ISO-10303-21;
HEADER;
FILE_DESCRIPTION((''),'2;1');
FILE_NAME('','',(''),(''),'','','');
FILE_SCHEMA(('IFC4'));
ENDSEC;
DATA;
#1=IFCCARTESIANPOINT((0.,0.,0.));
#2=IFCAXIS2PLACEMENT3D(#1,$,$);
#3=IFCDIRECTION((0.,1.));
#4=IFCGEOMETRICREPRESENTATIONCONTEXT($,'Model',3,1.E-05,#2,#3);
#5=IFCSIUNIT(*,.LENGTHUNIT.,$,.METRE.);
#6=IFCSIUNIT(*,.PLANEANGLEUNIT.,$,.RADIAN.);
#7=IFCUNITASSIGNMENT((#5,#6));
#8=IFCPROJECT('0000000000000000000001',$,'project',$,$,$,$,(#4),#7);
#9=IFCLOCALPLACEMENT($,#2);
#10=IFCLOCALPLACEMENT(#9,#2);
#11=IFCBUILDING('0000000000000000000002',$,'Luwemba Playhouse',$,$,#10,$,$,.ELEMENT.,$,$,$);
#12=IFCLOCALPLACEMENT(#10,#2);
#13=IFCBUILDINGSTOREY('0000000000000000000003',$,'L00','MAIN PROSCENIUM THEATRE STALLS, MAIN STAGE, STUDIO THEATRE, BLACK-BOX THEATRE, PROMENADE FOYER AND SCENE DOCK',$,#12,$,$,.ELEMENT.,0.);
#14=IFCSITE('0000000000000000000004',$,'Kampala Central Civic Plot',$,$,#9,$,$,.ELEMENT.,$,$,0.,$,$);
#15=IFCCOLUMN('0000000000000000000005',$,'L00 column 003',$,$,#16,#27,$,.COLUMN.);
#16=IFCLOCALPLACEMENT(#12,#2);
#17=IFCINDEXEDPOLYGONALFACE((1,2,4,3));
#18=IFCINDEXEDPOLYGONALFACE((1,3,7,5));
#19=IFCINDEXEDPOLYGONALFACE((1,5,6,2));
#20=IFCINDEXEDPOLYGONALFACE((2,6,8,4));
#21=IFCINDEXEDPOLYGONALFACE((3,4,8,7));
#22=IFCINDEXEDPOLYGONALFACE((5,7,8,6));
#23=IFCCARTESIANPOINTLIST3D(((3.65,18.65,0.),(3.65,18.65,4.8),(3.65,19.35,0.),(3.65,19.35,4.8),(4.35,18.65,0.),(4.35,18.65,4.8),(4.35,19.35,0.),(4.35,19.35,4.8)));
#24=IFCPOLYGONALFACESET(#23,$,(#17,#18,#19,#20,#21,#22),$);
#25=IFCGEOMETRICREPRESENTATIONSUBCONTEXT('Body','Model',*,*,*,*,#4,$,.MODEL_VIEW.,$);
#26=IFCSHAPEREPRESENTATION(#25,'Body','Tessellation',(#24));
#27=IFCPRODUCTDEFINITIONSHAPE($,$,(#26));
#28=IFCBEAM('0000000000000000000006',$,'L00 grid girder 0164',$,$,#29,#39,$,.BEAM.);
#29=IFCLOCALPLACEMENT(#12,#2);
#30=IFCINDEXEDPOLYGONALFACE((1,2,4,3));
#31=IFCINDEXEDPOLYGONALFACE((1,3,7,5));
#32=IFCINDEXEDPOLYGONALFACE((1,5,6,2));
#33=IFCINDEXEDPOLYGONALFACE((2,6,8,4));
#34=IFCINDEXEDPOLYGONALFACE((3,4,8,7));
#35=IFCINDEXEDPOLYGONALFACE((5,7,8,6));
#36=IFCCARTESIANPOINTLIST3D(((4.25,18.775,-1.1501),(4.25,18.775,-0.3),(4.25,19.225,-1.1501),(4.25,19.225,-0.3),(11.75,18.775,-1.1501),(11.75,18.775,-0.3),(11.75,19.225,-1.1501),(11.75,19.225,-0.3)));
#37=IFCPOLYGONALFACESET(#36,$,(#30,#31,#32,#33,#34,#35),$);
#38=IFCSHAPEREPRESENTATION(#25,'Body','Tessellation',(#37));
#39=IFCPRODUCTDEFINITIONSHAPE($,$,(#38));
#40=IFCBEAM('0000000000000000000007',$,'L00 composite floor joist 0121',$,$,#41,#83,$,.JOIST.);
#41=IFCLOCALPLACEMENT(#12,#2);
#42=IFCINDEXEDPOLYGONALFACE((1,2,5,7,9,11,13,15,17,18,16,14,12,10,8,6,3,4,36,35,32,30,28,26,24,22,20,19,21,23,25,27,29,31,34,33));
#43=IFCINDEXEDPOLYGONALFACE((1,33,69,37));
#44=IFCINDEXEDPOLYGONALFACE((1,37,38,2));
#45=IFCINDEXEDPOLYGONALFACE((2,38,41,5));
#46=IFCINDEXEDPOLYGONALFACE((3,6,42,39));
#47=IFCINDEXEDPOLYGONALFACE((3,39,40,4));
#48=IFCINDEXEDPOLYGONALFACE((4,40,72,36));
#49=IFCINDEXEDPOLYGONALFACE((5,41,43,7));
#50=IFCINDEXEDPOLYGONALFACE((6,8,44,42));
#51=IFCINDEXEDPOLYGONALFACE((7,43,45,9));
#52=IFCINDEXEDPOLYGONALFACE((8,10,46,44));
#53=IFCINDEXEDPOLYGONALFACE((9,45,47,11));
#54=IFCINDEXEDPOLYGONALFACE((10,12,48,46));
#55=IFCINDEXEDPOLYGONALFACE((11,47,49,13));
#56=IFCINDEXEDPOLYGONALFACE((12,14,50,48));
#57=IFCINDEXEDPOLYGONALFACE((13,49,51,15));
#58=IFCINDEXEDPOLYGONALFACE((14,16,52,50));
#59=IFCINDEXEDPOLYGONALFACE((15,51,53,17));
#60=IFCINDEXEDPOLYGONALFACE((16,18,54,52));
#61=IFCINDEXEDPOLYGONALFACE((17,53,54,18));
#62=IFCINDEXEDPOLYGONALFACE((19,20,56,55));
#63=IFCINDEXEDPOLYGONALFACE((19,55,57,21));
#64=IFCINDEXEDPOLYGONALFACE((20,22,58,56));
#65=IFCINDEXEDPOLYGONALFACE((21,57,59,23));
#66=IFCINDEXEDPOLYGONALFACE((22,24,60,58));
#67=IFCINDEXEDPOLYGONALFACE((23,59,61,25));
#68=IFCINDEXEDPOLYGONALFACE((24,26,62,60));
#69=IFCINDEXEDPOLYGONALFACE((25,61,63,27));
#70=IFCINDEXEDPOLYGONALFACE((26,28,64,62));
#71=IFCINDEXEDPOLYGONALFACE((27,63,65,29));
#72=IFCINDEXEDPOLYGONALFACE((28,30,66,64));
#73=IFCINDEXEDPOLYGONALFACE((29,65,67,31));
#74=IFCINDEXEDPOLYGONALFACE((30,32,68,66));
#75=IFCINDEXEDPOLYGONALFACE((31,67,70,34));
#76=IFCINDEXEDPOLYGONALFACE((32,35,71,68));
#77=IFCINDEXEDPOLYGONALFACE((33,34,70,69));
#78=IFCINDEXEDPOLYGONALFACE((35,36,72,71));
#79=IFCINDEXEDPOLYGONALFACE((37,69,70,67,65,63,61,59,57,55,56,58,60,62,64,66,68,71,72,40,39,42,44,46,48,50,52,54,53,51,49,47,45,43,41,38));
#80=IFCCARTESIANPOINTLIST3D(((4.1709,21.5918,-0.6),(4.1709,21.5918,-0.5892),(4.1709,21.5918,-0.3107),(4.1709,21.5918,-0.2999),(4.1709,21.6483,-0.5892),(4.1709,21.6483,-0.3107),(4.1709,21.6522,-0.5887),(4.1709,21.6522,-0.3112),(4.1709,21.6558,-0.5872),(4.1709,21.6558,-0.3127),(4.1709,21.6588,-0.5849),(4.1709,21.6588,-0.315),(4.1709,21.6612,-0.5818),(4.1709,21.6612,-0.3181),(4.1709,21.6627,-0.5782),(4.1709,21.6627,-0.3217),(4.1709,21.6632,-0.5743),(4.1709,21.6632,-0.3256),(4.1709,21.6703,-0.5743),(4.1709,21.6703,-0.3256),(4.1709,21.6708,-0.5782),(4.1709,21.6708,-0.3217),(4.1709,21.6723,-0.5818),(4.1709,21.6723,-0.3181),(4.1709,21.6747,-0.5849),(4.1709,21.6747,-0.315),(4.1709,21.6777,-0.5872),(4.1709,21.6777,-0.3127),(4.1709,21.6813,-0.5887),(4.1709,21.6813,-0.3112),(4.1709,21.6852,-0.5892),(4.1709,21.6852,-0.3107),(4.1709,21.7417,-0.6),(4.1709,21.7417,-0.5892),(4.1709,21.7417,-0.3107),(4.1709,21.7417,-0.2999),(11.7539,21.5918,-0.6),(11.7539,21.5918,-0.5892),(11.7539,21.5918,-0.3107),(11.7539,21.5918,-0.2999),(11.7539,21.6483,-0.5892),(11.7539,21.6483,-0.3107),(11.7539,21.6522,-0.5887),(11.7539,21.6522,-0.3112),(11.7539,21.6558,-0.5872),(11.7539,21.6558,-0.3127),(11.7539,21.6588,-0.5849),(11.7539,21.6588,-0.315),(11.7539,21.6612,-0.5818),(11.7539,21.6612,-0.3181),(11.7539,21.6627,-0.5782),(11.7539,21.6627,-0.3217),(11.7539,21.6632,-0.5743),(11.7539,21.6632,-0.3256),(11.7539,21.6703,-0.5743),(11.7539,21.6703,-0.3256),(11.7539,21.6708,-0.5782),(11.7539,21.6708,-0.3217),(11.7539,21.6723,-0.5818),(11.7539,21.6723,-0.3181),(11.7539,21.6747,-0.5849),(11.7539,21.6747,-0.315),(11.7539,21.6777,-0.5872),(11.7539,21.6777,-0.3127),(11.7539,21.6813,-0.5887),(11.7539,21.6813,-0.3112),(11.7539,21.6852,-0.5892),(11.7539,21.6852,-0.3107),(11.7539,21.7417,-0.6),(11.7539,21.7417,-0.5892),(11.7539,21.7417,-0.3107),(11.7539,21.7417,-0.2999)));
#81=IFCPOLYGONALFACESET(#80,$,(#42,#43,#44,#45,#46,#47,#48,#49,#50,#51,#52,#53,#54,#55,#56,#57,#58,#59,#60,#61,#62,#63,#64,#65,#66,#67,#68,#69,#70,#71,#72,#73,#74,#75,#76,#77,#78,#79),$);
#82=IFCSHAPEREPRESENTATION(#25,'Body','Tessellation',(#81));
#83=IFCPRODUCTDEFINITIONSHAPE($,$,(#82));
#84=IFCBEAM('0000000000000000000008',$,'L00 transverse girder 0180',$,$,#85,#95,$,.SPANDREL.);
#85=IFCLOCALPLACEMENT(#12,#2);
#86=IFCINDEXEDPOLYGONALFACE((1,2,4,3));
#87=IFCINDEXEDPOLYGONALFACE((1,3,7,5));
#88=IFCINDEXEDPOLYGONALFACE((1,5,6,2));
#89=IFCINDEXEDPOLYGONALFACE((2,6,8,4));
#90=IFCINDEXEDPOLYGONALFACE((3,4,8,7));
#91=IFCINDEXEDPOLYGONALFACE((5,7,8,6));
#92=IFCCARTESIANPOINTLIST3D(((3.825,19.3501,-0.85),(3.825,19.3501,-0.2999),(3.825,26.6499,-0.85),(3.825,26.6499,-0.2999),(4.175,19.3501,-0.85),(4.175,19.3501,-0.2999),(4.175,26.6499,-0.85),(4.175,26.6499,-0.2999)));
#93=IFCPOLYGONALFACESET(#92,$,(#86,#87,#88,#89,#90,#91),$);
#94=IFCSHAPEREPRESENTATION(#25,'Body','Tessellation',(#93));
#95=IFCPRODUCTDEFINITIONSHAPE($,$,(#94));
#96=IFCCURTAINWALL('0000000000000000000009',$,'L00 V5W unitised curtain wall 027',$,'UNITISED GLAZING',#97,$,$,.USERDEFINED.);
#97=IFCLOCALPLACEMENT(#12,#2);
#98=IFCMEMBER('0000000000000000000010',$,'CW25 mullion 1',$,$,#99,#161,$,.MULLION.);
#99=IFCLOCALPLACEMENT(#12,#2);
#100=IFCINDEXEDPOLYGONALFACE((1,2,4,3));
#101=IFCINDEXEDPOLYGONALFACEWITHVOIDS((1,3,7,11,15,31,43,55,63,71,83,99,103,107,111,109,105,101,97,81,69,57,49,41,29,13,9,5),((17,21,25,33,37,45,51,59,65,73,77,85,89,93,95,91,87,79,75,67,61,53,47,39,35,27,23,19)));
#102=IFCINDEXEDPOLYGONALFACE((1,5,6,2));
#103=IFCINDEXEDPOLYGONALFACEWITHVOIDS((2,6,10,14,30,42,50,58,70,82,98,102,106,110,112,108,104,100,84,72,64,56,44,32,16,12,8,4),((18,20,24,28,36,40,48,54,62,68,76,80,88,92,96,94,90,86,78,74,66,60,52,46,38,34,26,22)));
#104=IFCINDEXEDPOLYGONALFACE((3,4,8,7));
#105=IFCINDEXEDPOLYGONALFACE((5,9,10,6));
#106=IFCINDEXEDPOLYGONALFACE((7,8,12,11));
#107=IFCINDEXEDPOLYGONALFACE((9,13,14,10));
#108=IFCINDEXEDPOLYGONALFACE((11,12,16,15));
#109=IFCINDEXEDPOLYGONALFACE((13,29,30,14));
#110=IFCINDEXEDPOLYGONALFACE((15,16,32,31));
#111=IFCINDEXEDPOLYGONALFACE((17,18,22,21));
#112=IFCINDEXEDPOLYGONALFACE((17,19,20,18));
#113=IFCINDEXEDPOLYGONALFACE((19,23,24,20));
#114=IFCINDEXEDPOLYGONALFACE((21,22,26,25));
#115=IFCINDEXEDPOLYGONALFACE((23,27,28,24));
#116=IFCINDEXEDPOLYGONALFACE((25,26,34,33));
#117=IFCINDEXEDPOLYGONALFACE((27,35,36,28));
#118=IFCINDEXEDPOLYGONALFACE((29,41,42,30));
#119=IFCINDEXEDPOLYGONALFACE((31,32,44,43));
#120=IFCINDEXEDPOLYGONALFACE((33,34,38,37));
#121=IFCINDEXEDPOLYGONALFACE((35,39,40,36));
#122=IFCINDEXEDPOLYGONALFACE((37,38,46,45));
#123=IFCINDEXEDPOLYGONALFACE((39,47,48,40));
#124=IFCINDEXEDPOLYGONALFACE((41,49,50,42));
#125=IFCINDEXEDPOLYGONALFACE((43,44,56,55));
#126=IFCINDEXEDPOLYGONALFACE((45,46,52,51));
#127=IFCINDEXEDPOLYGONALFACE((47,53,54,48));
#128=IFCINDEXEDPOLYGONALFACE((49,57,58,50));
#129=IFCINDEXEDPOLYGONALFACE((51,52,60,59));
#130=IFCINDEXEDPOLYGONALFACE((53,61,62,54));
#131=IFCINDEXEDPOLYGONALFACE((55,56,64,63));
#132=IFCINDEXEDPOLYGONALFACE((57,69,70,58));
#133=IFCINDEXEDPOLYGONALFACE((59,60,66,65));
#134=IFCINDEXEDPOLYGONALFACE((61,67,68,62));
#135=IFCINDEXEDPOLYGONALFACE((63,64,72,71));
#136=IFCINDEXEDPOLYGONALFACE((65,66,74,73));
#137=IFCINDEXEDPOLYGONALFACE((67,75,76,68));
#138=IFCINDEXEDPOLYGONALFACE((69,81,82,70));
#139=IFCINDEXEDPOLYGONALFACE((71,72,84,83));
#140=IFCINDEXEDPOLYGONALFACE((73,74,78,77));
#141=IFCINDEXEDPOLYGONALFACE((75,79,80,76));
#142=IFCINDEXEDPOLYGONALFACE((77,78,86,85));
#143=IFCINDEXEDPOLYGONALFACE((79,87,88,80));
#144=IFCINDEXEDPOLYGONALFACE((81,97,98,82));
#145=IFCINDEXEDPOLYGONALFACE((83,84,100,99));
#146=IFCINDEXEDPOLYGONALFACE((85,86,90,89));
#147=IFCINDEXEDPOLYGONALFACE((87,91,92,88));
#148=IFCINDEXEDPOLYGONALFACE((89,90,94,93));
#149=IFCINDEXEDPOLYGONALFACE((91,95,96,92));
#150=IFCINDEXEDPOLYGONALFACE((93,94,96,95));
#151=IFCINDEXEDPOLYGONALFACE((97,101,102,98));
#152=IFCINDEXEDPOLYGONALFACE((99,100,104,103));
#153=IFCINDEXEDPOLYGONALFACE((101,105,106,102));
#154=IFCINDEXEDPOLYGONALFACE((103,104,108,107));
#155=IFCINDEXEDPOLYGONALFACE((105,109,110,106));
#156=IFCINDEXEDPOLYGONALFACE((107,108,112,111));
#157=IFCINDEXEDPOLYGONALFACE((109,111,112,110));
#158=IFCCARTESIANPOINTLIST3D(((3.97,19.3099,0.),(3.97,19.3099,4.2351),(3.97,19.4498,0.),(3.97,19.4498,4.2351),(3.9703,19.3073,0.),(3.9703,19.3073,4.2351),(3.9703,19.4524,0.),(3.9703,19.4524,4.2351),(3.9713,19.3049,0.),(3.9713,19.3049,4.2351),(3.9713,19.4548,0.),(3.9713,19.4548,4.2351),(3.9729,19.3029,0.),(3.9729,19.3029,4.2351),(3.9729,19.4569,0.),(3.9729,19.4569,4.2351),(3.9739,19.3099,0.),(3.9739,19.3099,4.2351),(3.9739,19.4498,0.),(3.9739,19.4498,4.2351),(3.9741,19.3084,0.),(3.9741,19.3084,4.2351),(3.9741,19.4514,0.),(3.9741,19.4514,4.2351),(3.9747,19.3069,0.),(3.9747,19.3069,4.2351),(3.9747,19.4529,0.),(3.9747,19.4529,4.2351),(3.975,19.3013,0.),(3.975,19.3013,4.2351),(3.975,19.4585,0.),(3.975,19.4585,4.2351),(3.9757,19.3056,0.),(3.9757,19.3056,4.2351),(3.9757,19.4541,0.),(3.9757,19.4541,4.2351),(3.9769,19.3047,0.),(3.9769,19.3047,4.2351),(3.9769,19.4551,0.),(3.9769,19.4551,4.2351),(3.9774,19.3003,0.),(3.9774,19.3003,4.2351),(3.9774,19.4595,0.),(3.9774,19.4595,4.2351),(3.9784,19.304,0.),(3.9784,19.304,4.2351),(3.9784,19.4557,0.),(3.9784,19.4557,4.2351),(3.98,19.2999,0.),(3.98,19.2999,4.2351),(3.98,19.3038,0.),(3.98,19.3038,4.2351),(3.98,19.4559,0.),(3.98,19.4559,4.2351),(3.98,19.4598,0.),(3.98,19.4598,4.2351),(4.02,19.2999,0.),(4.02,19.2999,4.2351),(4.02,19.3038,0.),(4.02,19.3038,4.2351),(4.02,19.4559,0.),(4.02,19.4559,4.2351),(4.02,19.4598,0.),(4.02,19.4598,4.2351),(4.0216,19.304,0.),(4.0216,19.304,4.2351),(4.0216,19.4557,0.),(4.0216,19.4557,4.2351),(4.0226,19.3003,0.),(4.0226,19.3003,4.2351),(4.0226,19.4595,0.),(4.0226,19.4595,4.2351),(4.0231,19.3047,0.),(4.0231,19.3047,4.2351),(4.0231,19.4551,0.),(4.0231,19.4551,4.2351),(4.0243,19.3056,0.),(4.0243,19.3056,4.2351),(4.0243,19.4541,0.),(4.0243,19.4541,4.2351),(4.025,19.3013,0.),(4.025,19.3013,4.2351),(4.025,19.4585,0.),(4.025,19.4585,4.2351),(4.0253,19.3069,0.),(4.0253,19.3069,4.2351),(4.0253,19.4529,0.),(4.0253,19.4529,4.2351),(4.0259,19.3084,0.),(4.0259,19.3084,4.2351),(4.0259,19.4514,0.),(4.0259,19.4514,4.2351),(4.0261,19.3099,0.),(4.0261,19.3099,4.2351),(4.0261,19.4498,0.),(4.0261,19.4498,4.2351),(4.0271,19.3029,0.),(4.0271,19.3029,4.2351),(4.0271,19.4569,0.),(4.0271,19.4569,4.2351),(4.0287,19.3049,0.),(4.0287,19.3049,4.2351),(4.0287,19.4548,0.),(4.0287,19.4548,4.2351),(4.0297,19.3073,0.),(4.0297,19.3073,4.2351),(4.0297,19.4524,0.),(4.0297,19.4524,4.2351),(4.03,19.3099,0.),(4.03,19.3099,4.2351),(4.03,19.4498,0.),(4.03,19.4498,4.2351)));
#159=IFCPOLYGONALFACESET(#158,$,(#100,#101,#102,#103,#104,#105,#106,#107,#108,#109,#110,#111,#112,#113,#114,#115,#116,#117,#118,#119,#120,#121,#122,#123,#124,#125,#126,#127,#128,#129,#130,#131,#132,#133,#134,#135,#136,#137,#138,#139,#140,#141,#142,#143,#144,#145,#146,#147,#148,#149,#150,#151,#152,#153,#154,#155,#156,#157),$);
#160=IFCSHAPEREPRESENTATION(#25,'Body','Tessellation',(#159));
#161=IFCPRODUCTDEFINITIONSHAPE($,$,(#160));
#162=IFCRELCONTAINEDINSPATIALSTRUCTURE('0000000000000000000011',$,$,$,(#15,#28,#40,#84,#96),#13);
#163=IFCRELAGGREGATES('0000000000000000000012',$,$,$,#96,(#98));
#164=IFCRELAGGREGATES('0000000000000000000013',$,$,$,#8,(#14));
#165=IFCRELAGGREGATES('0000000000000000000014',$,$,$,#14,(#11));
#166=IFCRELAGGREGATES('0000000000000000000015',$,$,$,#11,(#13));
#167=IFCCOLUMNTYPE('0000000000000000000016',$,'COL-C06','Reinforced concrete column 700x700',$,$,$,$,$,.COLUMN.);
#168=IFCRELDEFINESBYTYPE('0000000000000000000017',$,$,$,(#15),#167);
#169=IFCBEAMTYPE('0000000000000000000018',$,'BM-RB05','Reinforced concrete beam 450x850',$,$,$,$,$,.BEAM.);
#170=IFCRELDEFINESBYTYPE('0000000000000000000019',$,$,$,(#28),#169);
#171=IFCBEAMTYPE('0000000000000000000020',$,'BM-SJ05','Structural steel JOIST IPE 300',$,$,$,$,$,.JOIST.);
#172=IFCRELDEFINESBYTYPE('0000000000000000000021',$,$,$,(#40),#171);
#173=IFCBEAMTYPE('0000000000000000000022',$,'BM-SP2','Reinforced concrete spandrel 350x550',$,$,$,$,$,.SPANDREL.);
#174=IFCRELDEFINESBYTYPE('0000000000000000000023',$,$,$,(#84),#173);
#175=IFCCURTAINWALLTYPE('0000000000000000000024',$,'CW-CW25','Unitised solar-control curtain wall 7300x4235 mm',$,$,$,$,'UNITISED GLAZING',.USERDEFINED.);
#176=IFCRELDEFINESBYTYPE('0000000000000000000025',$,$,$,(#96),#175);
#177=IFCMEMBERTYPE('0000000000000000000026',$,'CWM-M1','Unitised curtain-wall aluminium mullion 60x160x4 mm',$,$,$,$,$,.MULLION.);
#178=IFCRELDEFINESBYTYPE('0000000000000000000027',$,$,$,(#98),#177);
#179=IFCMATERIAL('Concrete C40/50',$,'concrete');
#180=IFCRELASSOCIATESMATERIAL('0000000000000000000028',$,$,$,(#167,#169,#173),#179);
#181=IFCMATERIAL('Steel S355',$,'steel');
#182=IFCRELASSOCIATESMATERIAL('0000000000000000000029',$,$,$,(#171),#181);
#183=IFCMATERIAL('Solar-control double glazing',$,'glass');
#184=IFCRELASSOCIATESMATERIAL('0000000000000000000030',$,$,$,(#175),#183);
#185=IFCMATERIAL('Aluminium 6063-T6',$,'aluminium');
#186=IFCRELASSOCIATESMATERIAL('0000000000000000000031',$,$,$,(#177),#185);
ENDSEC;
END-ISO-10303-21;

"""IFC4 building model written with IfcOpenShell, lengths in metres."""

from ifc_helpers import new_model, si_unit, direction, frame, origin, origin_2d, place, context, subcontext, project, spatial, rectangle, hollow_rectangle, i_section, extrude, material, material_profile, profile_set, type_object, element, aggregate, save


model = new_model("IFC4")

# Units and contexts
model_context = context("Model", 3, precision=1e-05, world=origin(), true_north=direction((0.0, 1.0)))
body_context = subcontext(model_context, "Body", "Model", "MODEL_VIEW")
ifc_project = project(units=[si_unit("LENGTHUNIT", "METRE"), si_unit("PLANEANGLEUNIT", "RADIAN")], contexts=[model_context])

# Site, building, storey
site_placement = place(None, origin())
site = spatial("IfcSite", under=ifc_project, at=site_placement, Name="Kampala Central Civic Plot", CompositionType="ELEMENT", RefElevation=0.0)
building_placement = place(site_placement, origin())
building = spatial("IfcBuilding", under=site, at=building_placement, Name="Luwemba Playhouse", CompositionType="ELEMENT")
storey_placement = place(building_placement, origin())
storey = spatial("IfcBuildingStorey", under=building, at=storey_placement, Name="L00", Description="MAIN PROSCENIUM THEATRE STALLS, MAIN STAGE, STUDIO THEATRE, BLACK-BOX THEATRE, PROMENADE FOYER AND SCENE DOCK", CompositionType="ELEMENT", Elevation=0.0)

# Column
ifc_material_1 = material(Name="Concrete C40/50", Category="concrete")
ifc_material_profile_1 = material_profile(ifc_material_1, rectangle(XDim=0.7, YDim=0.7, at=origin_2d()))
ifc_profile_set_1 = profile_set([ifc_material_profile_1], Name="Concrete C40/50")
column_type = type_object("IfcColumnType", Name="COL-C06", Description="Reinforced concrete column 700x700", PredefinedType="COLUMN", material=ifc_profile_set_1)
column_placement = place(storey_placement, frame((4.0, 19.0, 0.0), z_axis=(0.0, 0.0, 1.0), x_axis=(1.0, 0.0, 0.0)))
element("IfcColumn", 1, at=column_placement, inside=storey, type_object=column_type, Name="L00 column 003", PredefinedType="COLUMN", context=body_context, shape_type="SweptSolid", body=[
    extrude(rectangle(XDim=0.7, YDim=0.7, at=origin_2d()), origin(), (0.0, 0.0, 1.0), 4.8),
])

# Beams
ifc_material_profile_2 = material_profile(ifc_material_1, rectangle(XDim=0.45, YDim=0.8501, at=origin_2d()))
ifc_profile_set_2 = profile_set([ifc_material_profile_2], Name="Concrete C40/50")
beam_type_1 = type_object("IfcBeamType", Name="BM-RB05", Description="Reinforced concrete beam 450x850", PredefinedType="BEAM", material=ifc_profile_set_2)
beam_1_placement = place(storey_placement, frame((4.25, 19.0, -0.7251), z_axis=(1.0, 0.0, 0.0), x_axis=(0.0, 1.0, 0.0)))
element("IfcBeam", 2, at=beam_1_placement, inside=storey, type_object=beam_type_1, Name="L00 grid girder 0164", PredefinedType="BEAM", context=body_context, shape_type="SweptSolid", body=[
    extrude(rectangle(XDim=0.45, YDim=0.8501, at=origin_2d()), origin(), (0.0, 0.0, 1.0), 7.5),
])
ifc_material_2 = material(Name="Steel S355", Category="steel")
ifc_material_profile_3 = material_profile(ifc_material_2, i_section(OverallWidth=0.1499, OverallDepth=0.3, WebThickness=0.0071, FlangeThickness=0.0107, FilletRadius=0.0149, at=origin_2d()))
ifc_profile_set_3 = profile_set([ifc_material_profile_3], Name="Steel S355")
beam_type_2 = type_object("IfcBeamType", Name="BM-SJ05", Description="Structural steel JOIST IPE 300", PredefinedType="JOIST", material=ifc_profile_set_3)
beam_2_placement = place(storey_placement, frame((4.1709, 21.6667, -0.45), z_axis=(1.0, 0.0, 0.0), x_axis=(0.0, 1.0, 0.0)))
element("IfcBeam", 3, at=beam_2_placement, inside=storey, type_object=beam_type_2, Name="L00 composite floor joist 0121", PredefinedType="JOIST", context=body_context, shape_type="SweptSolid", body=[
    extrude(i_section(OverallWidth=0.1499, OverallDepth=0.3, WebThickness=0.0071, FlangeThickness=0.0107, FilletRadius=0.0149, at=origin_2d()), origin(), (0.0, 0.0, 1.0), 7.583),
])
ifc_material_profile_4 = material_profile(ifc_material_1, rectangle(XDim=0.3501, YDim=0.55, at=origin_2d()))
ifc_profile_set_4 = profile_set([ifc_material_profile_4], Name="Concrete C40/50")
beam_type_3 = type_object("IfcBeamType", Name="BM-SP2", Description="Reinforced concrete spandrel 350x550", PredefinedType="SPANDREL", material=ifc_profile_set_4)
beam_3_placement = place(storey_placement, frame((4.0, 19.3501, -0.575), z_axis=(0.0, 1.0, 0.0), x_axis=(-1.0, 0.0, 0.0)))
element("IfcBeam", 4, at=beam_3_placement, inside=storey, type_object=beam_type_3, Name="L00 transverse girder 0180", PredefinedType="SPANDREL", context=body_context, shape_type="SweptSolid", body=[
    extrude(rectangle(XDim=0.3501, YDim=0.55, at=origin_2d()), origin(), (0.0, 0.0, 1.0), 7.2998),
])

# Curtain wall, member
ifc_material_3 = material(Name="Solar-control double glazing", Category="glass")
curtain_wall_type = type_object("IfcCurtainWallType", Name="CW-CW25", Description="Unitised solar-control curtain wall 7300x4235 mm", ElementType="UNITISED GLAZING", PredefinedType="USERDEFINED", material=ifc_material_3)
curtain_wall_placement = place(storey_placement, origin())
curtain_wall = element("IfcCurtainWall", 5, at=curtain_wall_placement, inside=storey, type_object=curtain_wall_type, Name="L00 V5W unitised curtain wall 027", ObjectType="UNITISED GLAZING", PredefinedType="USERDEFINED")
ifc_material_4 = material(Name="Aluminium 6063-T6", Category="aluminium")
ifc_material_profile_5 = material_profile(ifc_material_4, hollow_rectangle(XDim=0.0601, YDim=0.1599, WallThickness=0.0039, InnerFilletRadius=0.0061, OuterFilletRadius=0.01, at=origin_2d()))
ifc_profile_set_5 = profile_set([ifc_material_profile_5], Name="Aluminium 6063-T6")
member_type_1 = type_object("IfcMemberType", Name="CWM-M1", Description="Unitised curtain-wall aluminium mullion 60x160x4 mm", PredefinedType="MULLION", material=ifc_profile_set_5)
member_1_placement = place(storey_placement, frame((4.0, 19.3799, 0.0), z_axis=(0.0, 0.0, 1.0), x_axis=(-1.0, 0.0, 0.0)))
member_1 = element("IfcMember", 6, at=member_1_placement, type_object=member_type_1, Name="CW25 mullion 1", PredefinedType="MULLION", context=body_context, shape_type="SweptSolid", body=[
    extrude(hollow_rectangle(XDim=0.0601, YDim=0.1599, WallThickness=0.0039, InnerFilletRadius=0.0061, OuterFilletRadius=0.01, at=origin_2d()), origin(), (0.0, 0.0, 1.0), 4.2351),
])
aggregate(curtain_wall, [member_1])

save(model, "model.ifc")
